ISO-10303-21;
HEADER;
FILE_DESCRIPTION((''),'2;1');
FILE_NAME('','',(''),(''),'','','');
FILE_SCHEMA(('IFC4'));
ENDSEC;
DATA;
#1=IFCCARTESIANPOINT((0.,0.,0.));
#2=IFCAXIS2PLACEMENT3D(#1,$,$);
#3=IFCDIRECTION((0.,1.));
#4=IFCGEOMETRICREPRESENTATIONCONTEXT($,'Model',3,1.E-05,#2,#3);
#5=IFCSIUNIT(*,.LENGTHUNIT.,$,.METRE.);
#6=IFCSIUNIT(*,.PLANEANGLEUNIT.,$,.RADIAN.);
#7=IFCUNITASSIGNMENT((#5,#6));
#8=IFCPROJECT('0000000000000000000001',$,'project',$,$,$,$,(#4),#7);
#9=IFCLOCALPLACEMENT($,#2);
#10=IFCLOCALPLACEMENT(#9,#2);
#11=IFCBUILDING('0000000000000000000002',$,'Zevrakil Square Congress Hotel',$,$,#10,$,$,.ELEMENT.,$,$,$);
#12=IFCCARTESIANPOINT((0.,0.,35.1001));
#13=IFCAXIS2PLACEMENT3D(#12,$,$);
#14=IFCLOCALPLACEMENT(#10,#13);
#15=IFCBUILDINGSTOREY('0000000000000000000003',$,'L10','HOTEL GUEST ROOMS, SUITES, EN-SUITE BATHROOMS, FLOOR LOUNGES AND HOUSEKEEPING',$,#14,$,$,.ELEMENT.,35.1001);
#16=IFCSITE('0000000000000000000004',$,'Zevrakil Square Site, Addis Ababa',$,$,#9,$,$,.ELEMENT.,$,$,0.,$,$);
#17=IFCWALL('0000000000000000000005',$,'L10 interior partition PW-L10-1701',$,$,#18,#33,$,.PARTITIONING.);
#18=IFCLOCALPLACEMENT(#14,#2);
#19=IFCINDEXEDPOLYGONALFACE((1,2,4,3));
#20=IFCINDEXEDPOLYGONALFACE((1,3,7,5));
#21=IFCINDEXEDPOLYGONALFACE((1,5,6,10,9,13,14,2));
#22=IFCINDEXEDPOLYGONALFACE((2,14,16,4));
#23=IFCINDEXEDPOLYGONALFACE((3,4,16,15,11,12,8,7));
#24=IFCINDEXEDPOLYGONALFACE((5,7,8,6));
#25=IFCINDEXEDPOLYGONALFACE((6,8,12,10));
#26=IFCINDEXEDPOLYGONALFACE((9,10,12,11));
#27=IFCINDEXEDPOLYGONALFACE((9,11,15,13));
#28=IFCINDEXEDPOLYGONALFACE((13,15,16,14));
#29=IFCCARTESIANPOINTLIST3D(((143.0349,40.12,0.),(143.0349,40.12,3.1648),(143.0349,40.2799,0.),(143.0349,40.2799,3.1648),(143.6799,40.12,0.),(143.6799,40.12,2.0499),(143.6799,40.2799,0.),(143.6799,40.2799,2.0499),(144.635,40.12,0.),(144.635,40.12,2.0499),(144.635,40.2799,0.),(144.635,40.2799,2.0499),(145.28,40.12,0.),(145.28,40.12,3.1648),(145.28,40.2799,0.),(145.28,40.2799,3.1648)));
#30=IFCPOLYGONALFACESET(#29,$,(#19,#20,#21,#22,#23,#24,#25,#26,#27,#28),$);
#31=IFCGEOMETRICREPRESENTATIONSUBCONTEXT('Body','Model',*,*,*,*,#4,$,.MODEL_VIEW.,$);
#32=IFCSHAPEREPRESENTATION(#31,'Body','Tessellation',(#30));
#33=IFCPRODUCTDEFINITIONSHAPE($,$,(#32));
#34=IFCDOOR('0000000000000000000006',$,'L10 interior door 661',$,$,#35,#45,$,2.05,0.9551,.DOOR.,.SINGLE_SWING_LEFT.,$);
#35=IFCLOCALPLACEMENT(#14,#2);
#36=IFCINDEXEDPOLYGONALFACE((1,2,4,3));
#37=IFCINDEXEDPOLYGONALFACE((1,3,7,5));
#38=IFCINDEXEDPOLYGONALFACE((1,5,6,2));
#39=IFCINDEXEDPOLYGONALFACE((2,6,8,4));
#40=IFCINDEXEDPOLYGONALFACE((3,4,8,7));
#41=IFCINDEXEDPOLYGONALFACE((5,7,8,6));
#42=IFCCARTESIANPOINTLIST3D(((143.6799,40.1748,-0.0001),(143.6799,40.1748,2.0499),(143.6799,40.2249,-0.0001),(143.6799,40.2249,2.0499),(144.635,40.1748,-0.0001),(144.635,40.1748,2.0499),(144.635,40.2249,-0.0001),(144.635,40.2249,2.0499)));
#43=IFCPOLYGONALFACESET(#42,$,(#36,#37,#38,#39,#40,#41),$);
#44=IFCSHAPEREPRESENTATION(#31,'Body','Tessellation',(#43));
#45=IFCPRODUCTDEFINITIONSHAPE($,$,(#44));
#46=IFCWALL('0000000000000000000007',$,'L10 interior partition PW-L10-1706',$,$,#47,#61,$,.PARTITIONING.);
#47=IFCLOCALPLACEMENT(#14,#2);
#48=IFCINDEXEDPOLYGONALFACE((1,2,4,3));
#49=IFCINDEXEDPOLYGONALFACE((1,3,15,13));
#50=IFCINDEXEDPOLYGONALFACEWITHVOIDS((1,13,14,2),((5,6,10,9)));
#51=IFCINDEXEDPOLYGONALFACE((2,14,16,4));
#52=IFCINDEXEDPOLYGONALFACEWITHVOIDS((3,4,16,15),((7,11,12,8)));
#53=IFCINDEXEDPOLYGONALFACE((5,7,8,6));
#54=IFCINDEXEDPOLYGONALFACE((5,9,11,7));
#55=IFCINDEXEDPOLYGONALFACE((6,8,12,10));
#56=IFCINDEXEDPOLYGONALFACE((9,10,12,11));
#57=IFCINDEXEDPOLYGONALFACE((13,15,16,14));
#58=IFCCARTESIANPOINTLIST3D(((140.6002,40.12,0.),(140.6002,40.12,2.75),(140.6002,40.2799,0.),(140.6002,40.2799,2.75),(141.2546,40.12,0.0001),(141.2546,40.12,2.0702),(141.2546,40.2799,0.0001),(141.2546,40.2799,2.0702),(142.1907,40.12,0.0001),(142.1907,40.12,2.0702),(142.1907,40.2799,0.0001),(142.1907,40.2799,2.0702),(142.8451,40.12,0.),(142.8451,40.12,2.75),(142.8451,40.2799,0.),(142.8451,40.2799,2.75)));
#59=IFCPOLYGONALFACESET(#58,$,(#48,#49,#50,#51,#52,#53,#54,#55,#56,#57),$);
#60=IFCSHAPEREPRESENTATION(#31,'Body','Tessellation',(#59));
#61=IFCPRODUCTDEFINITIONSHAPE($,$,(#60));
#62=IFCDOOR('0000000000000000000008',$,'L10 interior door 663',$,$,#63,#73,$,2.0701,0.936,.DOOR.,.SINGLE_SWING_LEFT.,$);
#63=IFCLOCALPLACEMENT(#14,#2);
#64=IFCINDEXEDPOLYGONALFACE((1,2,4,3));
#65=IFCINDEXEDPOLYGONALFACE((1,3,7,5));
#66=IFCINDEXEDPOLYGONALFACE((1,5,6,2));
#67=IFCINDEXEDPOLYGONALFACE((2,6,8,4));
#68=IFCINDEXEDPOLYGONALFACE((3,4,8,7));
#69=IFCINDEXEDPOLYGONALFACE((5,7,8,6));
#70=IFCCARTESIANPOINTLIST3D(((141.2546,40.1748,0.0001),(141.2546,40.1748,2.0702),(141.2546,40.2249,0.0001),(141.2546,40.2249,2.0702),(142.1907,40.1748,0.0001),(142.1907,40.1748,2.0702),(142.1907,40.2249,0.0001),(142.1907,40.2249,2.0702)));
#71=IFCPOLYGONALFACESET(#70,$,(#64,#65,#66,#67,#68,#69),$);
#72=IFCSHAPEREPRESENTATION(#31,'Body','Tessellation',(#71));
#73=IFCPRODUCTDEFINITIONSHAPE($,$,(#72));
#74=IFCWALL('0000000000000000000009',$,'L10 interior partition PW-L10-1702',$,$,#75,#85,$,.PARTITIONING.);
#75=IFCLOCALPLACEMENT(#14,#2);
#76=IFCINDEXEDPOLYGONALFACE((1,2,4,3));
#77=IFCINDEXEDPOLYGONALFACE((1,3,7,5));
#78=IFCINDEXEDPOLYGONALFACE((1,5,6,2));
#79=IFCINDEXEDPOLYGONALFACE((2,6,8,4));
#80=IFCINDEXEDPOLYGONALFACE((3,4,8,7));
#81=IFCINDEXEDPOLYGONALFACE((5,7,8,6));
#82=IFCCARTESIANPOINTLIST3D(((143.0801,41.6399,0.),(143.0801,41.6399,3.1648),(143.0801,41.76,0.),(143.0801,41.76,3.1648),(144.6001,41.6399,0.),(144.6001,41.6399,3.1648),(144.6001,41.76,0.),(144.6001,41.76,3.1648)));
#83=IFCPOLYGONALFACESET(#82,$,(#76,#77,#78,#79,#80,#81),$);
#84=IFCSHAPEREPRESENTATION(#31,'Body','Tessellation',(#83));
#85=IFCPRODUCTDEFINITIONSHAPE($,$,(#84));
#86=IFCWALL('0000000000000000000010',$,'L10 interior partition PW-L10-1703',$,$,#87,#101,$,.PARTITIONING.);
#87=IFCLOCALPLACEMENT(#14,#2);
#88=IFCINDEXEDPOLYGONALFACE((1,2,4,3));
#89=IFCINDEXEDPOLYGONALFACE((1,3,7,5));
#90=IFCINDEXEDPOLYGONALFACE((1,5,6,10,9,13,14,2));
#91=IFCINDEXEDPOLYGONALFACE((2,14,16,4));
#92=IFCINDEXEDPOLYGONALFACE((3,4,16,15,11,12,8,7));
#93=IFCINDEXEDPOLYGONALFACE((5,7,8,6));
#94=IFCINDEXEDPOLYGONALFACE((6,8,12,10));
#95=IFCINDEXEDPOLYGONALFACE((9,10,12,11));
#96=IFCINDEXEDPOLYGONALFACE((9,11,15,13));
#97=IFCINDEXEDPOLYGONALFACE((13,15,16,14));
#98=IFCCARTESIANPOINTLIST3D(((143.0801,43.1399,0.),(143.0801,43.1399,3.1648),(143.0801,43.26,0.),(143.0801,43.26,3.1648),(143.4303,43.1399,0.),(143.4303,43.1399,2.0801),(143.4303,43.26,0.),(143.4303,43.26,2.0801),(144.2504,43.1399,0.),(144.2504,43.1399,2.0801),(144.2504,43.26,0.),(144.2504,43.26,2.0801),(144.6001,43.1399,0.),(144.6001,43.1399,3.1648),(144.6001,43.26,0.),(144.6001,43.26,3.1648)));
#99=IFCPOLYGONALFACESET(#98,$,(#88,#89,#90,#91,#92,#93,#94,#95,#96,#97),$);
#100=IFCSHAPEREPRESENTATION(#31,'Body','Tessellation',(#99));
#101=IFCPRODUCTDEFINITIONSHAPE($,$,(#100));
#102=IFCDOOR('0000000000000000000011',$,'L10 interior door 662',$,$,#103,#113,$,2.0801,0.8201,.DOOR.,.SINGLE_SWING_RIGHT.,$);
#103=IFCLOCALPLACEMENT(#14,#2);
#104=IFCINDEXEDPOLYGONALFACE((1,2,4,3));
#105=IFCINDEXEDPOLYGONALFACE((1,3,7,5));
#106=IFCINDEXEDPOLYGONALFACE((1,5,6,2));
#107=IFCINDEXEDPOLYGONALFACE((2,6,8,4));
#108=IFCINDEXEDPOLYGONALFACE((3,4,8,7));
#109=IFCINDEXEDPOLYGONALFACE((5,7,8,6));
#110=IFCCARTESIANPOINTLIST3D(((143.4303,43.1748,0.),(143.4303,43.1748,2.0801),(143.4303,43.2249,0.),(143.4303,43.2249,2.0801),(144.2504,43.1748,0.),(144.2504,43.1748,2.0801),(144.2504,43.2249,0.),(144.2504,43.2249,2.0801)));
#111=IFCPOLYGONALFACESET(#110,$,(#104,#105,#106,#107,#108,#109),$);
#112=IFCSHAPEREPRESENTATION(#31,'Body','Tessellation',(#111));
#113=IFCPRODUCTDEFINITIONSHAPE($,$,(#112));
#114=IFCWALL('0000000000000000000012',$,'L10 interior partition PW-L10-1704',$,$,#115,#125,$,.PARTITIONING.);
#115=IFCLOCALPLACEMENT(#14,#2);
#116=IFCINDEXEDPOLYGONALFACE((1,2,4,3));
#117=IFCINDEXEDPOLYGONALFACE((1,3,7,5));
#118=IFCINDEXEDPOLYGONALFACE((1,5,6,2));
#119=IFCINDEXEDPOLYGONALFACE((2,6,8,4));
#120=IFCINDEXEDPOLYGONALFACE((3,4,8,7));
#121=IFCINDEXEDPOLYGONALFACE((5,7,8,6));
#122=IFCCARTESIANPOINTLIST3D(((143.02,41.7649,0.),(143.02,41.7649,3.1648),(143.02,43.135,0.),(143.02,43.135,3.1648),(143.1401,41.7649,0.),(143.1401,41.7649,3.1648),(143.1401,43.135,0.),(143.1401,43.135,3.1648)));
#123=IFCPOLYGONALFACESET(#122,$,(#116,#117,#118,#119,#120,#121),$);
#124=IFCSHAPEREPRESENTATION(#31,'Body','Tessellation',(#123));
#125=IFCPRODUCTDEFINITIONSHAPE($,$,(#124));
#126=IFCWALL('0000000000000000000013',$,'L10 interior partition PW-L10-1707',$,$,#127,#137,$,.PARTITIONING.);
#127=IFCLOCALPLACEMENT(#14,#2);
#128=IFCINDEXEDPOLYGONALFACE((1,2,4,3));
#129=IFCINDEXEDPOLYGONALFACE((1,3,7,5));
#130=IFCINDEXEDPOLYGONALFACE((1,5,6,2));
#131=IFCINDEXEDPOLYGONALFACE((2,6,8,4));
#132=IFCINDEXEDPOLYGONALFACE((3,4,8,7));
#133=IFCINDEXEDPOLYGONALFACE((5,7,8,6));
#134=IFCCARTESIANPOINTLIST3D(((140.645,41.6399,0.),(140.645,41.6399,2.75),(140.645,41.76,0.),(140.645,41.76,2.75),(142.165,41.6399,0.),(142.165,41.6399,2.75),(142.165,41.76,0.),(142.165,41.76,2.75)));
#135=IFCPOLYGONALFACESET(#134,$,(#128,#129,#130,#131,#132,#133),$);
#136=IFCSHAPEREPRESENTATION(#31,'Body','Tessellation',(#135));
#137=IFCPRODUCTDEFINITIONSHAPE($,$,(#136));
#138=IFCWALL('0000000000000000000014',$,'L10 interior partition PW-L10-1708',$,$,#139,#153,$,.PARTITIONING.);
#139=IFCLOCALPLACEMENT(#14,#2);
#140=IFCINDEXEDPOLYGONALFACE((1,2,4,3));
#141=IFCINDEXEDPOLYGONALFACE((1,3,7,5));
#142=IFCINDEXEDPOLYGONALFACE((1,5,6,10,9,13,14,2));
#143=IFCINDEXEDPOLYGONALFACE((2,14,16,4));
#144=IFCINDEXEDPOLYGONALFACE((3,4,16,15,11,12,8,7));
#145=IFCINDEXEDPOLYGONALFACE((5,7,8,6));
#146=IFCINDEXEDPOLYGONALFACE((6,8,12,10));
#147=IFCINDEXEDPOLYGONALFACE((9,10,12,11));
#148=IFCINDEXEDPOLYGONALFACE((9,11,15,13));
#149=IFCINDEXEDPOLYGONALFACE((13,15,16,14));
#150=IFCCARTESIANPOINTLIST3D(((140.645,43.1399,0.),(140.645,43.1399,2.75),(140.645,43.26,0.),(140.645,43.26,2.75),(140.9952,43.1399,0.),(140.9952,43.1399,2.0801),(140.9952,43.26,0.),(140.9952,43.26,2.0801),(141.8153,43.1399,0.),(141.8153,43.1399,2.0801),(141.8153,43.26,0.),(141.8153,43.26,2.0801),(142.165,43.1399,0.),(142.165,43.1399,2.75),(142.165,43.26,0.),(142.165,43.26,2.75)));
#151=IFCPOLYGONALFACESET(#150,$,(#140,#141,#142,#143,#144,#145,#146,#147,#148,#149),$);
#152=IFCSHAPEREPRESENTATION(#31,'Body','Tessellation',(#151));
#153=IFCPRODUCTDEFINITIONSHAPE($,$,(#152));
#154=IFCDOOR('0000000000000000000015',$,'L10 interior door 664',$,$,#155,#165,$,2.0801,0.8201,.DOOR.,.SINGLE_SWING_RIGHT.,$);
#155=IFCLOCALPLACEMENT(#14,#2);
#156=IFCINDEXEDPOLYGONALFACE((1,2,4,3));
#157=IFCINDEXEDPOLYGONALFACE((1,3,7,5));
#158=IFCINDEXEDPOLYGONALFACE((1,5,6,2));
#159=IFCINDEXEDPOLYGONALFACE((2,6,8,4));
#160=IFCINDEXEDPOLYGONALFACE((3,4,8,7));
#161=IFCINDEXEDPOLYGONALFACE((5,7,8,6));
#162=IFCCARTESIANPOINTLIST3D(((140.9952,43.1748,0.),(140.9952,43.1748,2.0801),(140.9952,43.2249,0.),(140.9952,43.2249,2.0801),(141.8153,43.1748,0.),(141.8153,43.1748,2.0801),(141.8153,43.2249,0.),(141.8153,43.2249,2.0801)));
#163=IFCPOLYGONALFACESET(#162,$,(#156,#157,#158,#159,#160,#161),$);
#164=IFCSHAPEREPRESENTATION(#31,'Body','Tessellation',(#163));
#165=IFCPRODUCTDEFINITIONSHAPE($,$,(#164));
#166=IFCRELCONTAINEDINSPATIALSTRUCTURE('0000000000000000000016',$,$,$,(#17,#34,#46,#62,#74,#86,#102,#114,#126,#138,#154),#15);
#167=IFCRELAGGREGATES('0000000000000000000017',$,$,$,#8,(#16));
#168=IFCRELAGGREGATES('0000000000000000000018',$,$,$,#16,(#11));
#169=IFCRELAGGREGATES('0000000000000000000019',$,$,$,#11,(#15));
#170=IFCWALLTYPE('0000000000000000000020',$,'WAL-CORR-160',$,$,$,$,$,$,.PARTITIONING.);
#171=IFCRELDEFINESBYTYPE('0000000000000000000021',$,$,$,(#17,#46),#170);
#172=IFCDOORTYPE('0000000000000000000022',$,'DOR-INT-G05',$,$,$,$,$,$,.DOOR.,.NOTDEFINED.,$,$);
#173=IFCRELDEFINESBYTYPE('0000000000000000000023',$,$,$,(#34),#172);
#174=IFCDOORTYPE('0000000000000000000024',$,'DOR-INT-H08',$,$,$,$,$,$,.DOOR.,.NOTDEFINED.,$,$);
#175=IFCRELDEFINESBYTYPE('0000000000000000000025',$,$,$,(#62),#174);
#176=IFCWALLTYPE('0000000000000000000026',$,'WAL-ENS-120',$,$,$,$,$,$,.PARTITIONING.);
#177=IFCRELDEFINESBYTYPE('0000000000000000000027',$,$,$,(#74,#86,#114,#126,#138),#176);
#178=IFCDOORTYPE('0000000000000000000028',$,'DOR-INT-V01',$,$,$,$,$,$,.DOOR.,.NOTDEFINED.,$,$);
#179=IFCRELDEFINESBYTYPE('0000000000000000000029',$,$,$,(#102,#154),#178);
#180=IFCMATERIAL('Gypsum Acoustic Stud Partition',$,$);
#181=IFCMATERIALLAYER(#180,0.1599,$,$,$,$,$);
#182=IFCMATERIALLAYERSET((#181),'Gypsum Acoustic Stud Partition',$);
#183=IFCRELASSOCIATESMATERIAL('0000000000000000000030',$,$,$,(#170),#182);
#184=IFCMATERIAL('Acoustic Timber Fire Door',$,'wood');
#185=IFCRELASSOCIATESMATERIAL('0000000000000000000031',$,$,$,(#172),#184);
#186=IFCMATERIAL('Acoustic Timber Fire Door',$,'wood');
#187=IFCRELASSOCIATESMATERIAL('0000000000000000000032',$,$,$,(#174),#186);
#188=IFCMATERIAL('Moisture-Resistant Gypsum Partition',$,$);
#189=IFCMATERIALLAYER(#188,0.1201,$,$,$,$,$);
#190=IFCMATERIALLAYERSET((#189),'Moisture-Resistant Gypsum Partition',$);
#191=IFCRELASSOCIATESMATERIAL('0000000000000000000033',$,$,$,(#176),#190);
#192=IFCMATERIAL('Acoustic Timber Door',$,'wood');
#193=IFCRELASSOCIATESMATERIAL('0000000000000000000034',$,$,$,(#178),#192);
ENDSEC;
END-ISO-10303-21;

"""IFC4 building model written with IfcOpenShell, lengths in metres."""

from ifc_helpers import new_model, si_unit, direction, frame, frame_2d, origin, place, context, subcontext, project, spatial, rectangle, extrude, material, layer, layer_set, type_object, element, fill, save


model = new_model("IFC4")

# Units and contexts
model_context = context("Model", 3, precision=1e-05, world=origin(), true_north=direction((0.0, 1.0)))
body_context = subcontext(model_context, "Body", "Model", "MODEL_VIEW")
ifc_project = project(units=[si_unit("LENGTHUNIT", "METRE"), si_unit("PLANEANGLEUNIT", "RADIAN")], contexts=[model_context])

# Site, building, storey
site_placement = place(None, origin())
site = spatial("IfcSite", under=ifc_project, at=site_placement, Name="Zevrakil Square Site, Addis Ababa", CompositionType="ELEMENT", RefElevation=0.0)
building_placement = place(site_placement, origin())
building = spatial("IfcBuilding", under=site, at=building_placement, Name="Zevrakil Square Congress Hotel", CompositionType="ELEMENT")
storey_placement = place(building_placement, frame((0.0, 0.0, 35.1001)))
storey = spatial("IfcBuildingStorey", under=building, at=storey_placement, Name="L10", Description="HOTEL GUEST ROOMS, SUITES, EN-SUITE BATHROOMS, FLOOR LOUNGES AND HOUSEKEEPING", CompositionType="ELEMENT", Elevation=35.1001)

# Walls, openings, doors
ifc_material_1 = material(Name="Gypsum Acoustic Stud Partition")
ifc_layer_1 = layer(ifc_material_1, 0.1599)
ifc_layer_set_1 = layer_set([ifc_layer_1], Name="Gypsum Acoustic Stud Partition")
wall_type_1 = type_object("IfcWallType", Name="WAL-CORR-160", PredefinedType="PARTITIONING", material=ifc_layer_set_1)
wall_1_placement = place(storey_placement, frame((143.0349, 40.2, 0.0), z_axis=(0.0, 0.0, 1.0), x_axis=(1.0, 0.0, 0.0)))
wall_1 = element("IfcWall", 1, at=wall_1_placement, inside=storey, type_object=wall_type_1, Name="L10 interior partition PW-L10-1701", PredefinedType="PARTITIONING", context=body_context, shape_type="SweptSolid", body=[
    extrude(rectangle(XDim=2.2451, YDim=0.1599, at=frame_2d((1.1226, 0.0))), origin(), (0.0, 0.0, 1.0), 3.1648),
])
opening_1_placement = place(wall_1_placement, frame((0.645, 0.0, 0.0)))
opening_1 = element("IfcOpeningElement", 2, at=opening_1_placement, cuts=wall_1, PredefinedType="OPENING", context=body_context, shape_type="SweptSolid", body=[
    extrude(rectangle(XDim=0.9551, YDim=2.05, at=frame_2d((0.4775, 1.0249))), frame((0.0, 0.0898, 0.0), z_axis=(0.0, -1.0, 0.0), x_axis=(1.0, 0.0, 0.0)), (0.0, 0.0, 1.0), 0.1799),
])
ifc_material_2 = material(Name="Acoustic Timber Fire Door", Category="wood")
door_type_1 = type_object("IfcDoorType", Name="DOR-INT-G05", OperationType="NOTDEFINED", PredefinedType="DOOR", material=ifc_material_2)
door_1_placement = place(opening_1_placement, origin())
door_1 = element("IfcDoor", 3, at=door_1_placement, inside=storey, type_object=door_type_1, Name="L10 interior door 661", OperationType="SINGLE_SWING_LEFT", OverallHeight=2.05, OverallWidth=0.9551, PredefinedType="DOOR", context=body_context, shape_type="SweptSolid", body=[
    extrude(rectangle(XDim=0.9551, YDim=2.05, at=frame_2d((0.4775, 1.0249))), frame((0.0, 0.0249, 0.0), z_axis=(0.0, -1.0, 0.0), x_axis=(1.0, 0.0, 0.0)), (0.0, 0.0, 1.0), 0.05),
])
fill(opening_1, door_1)
wall_2_placement = place(storey_placement, frame((140.6001, 40.2, 0.0), z_axis=(0.0, 0.0, 1.0), x_axis=(1.0, 0.0, 0.0)))
wall_2 = element("IfcWall", 4, at=wall_2_placement, inside=storey, type_object=wall_type_1, Name="L10 interior partition PW-L10-1706", PredefinedType="PARTITIONING", context=body_context, shape_type="SweptSolid", body=[
    extrude(rectangle(XDim=2.2449, YDim=0.1599, at=frame_2d((1.1226, 0.0))), origin(), (0.0, 0.0, 1.0), 2.75),
])
opening_2_placement = place(wall_2_placement, frame((0.6545, 0.0, 0.0)))
opening_2 = element("IfcOpeningElement", 5, at=opening_2_placement, cuts=wall_2, PredefinedType="OPENING", context=body_context, shape_type="SweptSolid", body=[
    extrude(rectangle(XDim=0.936, YDim=2.0701, at=frame_2d((0.468, 1.0352))), frame((0.0, 0.0898, 0.0), z_axis=(0.0, -1.0, 0.0), x_axis=(1.0, 0.0, 0.0)), (0.0, 0.0, 1.0), 0.1799),
])
ifc_material_3 = material(Name="Acoustic Timber Fire Door", Category="wood")
door_type_2 = type_object("IfcDoorType", Name="DOR-INT-H08", OperationType="NOTDEFINED", PredefinedType="DOOR", material=ifc_material_3)
door_2_placement = place(opening_2_placement, origin())
door_2 = element("IfcDoor", 6, at=door_2_placement, inside=storey, type_object=door_type_2, Name="L10 interior door 663", OperationType="SINGLE_SWING_LEFT", OverallHeight=2.0701, OverallWidth=0.936, PredefinedType="DOOR", context=body_context, shape_type="SweptSolid", body=[
    extrude(rectangle(XDim=0.936, YDim=2.0701, at=frame_2d((0.468, 1.0352))), frame((0.0, 0.0249, 0.0), z_axis=(0.0, -1.0, 0.0), x_axis=(1.0, 0.0, 0.0)), (0.0, 0.0, 1.0), 0.05),
])
fill(opening_2, door_2)

# Wall
ifc_material_4 = material(Name="Moisture-Resistant Gypsum Partition")
ifc_layer_2 = layer(ifc_material_4, 0.1201)
ifc_layer_set_2 = layer_set([ifc_layer_2], Name="Moisture-Resistant Gypsum Partition")
wall_type_2 = type_object("IfcWallType", Name="WAL-ENS-120", PredefinedType="PARTITIONING", material=ifc_layer_set_2)
wall_3_placement = place(storey_placement, frame((143.0801, 41.7, 0.0), z_axis=(0.0, 0.0, 1.0), x_axis=(1.0, 0.0, 0.0)))
element("IfcWall", 7, at=wall_3_placement, inside=storey, type_object=wall_type_2, Name="L10 interior partition PW-L10-1702", PredefinedType="PARTITIONING", context=body_context, shape_type="SweptSolid", body=[
    extrude(rectangle(XDim=1.52, YDim=0.1201, at=frame_2d((0.76, 0.0))), origin(), (0.0, 0.0, 1.0), 3.1648),
])

# Wall, opening, door
wall_4_placement = place(storey_placement, frame((143.0801, 43.2, 0.0), z_axis=(0.0, 0.0, 1.0), x_axis=(1.0, 0.0, 0.0)))
wall_4 = element("IfcWall", 8, at=wall_4_placement, inside=storey, type_object=wall_type_2, Name="L10 interior partition PW-L10-1703", PredefinedType="PARTITIONING", context=body_context, shape_type="SweptSolid", body=[
    extrude(rectangle(XDim=1.52, YDim=0.1201, at=frame_2d((0.76, 0.0))), origin(), (0.0, 0.0, 1.0), 3.1648),
])
opening_3_placement = place(wall_4_placement, frame((0.3501, 0.0, 0.0)))
opening_3 = element("IfcOpeningElement", 9, at=opening_3_placement, cuts=wall_4, PredefinedType="OPENING", context=body_context, shape_type="SweptSolid", body=[
    extrude(rectangle(XDim=0.8201, YDim=2.0801, at=frame_2d((0.4102, 1.04))), frame((0.0, 0.0701, 0.0), z_axis=(0.0, -1.0, 0.0), x_axis=(1.0, 0.0, 0.0)), (0.0, 0.0, 1.0), 0.1401),
])
ifc_material_5 = material(Name="Acoustic Timber Door", Category="wood")
door_type_3 = type_object("IfcDoorType", Name="DOR-INT-V01", OperationType="NOTDEFINED", PredefinedType="DOOR", material=ifc_material_5)
door_3_placement = place(opening_3_placement, origin())
door_3 = element("IfcDoor", 10, at=door_3_placement, inside=storey, type_object=door_type_3, Name="L10 interior door 662", OperationType="SINGLE_SWING_RIGHT", OverallHeight=2.0801, OverallWidth=0.8201, PredefinedType="DOOR", context=body_context, shape_type="SweptSolid", body=[
    extrude(rectangle(XDim=0.8201, YDim=2.0801, at=frame_2d((0.4102, 1.04))), frame((0.0, 0.0249, 0.0), z_axis=(0.0, -1.0, 0.0), x_axis=(1.0, 0.0, 0.0)), (0.0, 0.0, 1.0), 0.05),
])
fill(opening_3, door_3)

# Walls
wall_5_placement = place(storey_placement, frame((143.0801, 41.7649, 0.0), z_axis=(0.0, 0.0, 1.0), x_axis=(0.0, 1.0, 0.0)))
element("IfcWall", 11, at=wall_5_placement, inside=storey, type_object=wall_type_2, Name="L10 interior partition PW-L10-1704", PredefinedType="PARTITIONING", context=body_context, shape_type="SweptSolid", body=[
    extrude(rectangle(XDim=1.3701, YDim=0.1201, at=frame_2d((0.6851, 0.0))), origin(), (0.0, 0.0, 1.0), 3.1648),
])
wall_6_placement = place(storey_placement, frame((140.645, 41.7, 0.0), z_axis=(0.0, 0.0, 1.0), x_axis=(1.0, 0.0, 0.0)))
element("IfcWall", 12, at=wall_6_placement, inside=storey, type_object=wall_type_2, Name="L10 interior partition PW-L10-1707", PredefinedType="PARTITIONING", context=body_context, shape_type="SweptSolid", body=[
    extrude(rectangle(XDim=1.52, YDim=0.1201, at=frame_2d((0.76, 0.0))), origin(), (0.0, 0.0, 1.0), 2.75),
])

# Wall, opening, door
wall_7_placement = place(storey_placement, frame((140.645, 43.2, 0.0), z_axis=(0.0, 0.0, 1.0), x_axis=(1.0, 0.0, 0.0)))
wall_7 = element("IfcWall", 13, at=wall_7_placement, inside=storey, type_object=wall_type_2, Name="L10 interior partition PW-L10-1708", PredefinedType="PARTITIONING", context=body_context, shape_type="SweptSolid", body=[
    extrude(rectangle(XDim=1.52, YDim=0.1201, at=frame_2d((0.76, 0.0))), origin(), (0.0, 0.0, 1.0), 2.75),
])
opening_4_placement = place(wall_7_placement, frame((0.3501, 0.0, 0.0)))
opening_4 = element("IfcOpeningElement", 14, at=opening_4_placement, cuts=wall_7, PredefinedType="OPENING", context=body_context, shape_type="SweptSolid", body=[
    extrude(rectangle(XDim=0.8201, YDim=2.0801, at=frame_2d((0.4102, 1.04))), frame((0.0, 0.0701, 0.0), z_axis=(0.0, -1.0, 0.0), x_axis=(1.0, 0.0, 0.0)), (0.0, 0.0, 1.0), 0.1401),
])
door_4_placement = place(opening_4_placement, origin())
door_4 = element("IfcDoor", 15, at=door_4_placement, inside=storey, type_object=door_type_3, Name="L10 interior door 664", OperationType="SINGLE_SWING_RIGHT", OverallHeight=2.0801, OverallWidth=0.8201, PredefinedType="DOOR", context=body_context, shape_type="SweptSolid", body=[
    extrude(rectangle(XDim=0.8201, YDim=2.0801, at=frame_2d((0.4102, 1.04))), frame((0.0, 0.0249, 0.0), z_axis=(0.0, -1.0, 0.0), x_axis=(1.0, 0.0, 0.0)), (0.0, 0.0, 1.0), 0.05),
])
fill(opening_4, door_4)

save(model, "model.ifc")
